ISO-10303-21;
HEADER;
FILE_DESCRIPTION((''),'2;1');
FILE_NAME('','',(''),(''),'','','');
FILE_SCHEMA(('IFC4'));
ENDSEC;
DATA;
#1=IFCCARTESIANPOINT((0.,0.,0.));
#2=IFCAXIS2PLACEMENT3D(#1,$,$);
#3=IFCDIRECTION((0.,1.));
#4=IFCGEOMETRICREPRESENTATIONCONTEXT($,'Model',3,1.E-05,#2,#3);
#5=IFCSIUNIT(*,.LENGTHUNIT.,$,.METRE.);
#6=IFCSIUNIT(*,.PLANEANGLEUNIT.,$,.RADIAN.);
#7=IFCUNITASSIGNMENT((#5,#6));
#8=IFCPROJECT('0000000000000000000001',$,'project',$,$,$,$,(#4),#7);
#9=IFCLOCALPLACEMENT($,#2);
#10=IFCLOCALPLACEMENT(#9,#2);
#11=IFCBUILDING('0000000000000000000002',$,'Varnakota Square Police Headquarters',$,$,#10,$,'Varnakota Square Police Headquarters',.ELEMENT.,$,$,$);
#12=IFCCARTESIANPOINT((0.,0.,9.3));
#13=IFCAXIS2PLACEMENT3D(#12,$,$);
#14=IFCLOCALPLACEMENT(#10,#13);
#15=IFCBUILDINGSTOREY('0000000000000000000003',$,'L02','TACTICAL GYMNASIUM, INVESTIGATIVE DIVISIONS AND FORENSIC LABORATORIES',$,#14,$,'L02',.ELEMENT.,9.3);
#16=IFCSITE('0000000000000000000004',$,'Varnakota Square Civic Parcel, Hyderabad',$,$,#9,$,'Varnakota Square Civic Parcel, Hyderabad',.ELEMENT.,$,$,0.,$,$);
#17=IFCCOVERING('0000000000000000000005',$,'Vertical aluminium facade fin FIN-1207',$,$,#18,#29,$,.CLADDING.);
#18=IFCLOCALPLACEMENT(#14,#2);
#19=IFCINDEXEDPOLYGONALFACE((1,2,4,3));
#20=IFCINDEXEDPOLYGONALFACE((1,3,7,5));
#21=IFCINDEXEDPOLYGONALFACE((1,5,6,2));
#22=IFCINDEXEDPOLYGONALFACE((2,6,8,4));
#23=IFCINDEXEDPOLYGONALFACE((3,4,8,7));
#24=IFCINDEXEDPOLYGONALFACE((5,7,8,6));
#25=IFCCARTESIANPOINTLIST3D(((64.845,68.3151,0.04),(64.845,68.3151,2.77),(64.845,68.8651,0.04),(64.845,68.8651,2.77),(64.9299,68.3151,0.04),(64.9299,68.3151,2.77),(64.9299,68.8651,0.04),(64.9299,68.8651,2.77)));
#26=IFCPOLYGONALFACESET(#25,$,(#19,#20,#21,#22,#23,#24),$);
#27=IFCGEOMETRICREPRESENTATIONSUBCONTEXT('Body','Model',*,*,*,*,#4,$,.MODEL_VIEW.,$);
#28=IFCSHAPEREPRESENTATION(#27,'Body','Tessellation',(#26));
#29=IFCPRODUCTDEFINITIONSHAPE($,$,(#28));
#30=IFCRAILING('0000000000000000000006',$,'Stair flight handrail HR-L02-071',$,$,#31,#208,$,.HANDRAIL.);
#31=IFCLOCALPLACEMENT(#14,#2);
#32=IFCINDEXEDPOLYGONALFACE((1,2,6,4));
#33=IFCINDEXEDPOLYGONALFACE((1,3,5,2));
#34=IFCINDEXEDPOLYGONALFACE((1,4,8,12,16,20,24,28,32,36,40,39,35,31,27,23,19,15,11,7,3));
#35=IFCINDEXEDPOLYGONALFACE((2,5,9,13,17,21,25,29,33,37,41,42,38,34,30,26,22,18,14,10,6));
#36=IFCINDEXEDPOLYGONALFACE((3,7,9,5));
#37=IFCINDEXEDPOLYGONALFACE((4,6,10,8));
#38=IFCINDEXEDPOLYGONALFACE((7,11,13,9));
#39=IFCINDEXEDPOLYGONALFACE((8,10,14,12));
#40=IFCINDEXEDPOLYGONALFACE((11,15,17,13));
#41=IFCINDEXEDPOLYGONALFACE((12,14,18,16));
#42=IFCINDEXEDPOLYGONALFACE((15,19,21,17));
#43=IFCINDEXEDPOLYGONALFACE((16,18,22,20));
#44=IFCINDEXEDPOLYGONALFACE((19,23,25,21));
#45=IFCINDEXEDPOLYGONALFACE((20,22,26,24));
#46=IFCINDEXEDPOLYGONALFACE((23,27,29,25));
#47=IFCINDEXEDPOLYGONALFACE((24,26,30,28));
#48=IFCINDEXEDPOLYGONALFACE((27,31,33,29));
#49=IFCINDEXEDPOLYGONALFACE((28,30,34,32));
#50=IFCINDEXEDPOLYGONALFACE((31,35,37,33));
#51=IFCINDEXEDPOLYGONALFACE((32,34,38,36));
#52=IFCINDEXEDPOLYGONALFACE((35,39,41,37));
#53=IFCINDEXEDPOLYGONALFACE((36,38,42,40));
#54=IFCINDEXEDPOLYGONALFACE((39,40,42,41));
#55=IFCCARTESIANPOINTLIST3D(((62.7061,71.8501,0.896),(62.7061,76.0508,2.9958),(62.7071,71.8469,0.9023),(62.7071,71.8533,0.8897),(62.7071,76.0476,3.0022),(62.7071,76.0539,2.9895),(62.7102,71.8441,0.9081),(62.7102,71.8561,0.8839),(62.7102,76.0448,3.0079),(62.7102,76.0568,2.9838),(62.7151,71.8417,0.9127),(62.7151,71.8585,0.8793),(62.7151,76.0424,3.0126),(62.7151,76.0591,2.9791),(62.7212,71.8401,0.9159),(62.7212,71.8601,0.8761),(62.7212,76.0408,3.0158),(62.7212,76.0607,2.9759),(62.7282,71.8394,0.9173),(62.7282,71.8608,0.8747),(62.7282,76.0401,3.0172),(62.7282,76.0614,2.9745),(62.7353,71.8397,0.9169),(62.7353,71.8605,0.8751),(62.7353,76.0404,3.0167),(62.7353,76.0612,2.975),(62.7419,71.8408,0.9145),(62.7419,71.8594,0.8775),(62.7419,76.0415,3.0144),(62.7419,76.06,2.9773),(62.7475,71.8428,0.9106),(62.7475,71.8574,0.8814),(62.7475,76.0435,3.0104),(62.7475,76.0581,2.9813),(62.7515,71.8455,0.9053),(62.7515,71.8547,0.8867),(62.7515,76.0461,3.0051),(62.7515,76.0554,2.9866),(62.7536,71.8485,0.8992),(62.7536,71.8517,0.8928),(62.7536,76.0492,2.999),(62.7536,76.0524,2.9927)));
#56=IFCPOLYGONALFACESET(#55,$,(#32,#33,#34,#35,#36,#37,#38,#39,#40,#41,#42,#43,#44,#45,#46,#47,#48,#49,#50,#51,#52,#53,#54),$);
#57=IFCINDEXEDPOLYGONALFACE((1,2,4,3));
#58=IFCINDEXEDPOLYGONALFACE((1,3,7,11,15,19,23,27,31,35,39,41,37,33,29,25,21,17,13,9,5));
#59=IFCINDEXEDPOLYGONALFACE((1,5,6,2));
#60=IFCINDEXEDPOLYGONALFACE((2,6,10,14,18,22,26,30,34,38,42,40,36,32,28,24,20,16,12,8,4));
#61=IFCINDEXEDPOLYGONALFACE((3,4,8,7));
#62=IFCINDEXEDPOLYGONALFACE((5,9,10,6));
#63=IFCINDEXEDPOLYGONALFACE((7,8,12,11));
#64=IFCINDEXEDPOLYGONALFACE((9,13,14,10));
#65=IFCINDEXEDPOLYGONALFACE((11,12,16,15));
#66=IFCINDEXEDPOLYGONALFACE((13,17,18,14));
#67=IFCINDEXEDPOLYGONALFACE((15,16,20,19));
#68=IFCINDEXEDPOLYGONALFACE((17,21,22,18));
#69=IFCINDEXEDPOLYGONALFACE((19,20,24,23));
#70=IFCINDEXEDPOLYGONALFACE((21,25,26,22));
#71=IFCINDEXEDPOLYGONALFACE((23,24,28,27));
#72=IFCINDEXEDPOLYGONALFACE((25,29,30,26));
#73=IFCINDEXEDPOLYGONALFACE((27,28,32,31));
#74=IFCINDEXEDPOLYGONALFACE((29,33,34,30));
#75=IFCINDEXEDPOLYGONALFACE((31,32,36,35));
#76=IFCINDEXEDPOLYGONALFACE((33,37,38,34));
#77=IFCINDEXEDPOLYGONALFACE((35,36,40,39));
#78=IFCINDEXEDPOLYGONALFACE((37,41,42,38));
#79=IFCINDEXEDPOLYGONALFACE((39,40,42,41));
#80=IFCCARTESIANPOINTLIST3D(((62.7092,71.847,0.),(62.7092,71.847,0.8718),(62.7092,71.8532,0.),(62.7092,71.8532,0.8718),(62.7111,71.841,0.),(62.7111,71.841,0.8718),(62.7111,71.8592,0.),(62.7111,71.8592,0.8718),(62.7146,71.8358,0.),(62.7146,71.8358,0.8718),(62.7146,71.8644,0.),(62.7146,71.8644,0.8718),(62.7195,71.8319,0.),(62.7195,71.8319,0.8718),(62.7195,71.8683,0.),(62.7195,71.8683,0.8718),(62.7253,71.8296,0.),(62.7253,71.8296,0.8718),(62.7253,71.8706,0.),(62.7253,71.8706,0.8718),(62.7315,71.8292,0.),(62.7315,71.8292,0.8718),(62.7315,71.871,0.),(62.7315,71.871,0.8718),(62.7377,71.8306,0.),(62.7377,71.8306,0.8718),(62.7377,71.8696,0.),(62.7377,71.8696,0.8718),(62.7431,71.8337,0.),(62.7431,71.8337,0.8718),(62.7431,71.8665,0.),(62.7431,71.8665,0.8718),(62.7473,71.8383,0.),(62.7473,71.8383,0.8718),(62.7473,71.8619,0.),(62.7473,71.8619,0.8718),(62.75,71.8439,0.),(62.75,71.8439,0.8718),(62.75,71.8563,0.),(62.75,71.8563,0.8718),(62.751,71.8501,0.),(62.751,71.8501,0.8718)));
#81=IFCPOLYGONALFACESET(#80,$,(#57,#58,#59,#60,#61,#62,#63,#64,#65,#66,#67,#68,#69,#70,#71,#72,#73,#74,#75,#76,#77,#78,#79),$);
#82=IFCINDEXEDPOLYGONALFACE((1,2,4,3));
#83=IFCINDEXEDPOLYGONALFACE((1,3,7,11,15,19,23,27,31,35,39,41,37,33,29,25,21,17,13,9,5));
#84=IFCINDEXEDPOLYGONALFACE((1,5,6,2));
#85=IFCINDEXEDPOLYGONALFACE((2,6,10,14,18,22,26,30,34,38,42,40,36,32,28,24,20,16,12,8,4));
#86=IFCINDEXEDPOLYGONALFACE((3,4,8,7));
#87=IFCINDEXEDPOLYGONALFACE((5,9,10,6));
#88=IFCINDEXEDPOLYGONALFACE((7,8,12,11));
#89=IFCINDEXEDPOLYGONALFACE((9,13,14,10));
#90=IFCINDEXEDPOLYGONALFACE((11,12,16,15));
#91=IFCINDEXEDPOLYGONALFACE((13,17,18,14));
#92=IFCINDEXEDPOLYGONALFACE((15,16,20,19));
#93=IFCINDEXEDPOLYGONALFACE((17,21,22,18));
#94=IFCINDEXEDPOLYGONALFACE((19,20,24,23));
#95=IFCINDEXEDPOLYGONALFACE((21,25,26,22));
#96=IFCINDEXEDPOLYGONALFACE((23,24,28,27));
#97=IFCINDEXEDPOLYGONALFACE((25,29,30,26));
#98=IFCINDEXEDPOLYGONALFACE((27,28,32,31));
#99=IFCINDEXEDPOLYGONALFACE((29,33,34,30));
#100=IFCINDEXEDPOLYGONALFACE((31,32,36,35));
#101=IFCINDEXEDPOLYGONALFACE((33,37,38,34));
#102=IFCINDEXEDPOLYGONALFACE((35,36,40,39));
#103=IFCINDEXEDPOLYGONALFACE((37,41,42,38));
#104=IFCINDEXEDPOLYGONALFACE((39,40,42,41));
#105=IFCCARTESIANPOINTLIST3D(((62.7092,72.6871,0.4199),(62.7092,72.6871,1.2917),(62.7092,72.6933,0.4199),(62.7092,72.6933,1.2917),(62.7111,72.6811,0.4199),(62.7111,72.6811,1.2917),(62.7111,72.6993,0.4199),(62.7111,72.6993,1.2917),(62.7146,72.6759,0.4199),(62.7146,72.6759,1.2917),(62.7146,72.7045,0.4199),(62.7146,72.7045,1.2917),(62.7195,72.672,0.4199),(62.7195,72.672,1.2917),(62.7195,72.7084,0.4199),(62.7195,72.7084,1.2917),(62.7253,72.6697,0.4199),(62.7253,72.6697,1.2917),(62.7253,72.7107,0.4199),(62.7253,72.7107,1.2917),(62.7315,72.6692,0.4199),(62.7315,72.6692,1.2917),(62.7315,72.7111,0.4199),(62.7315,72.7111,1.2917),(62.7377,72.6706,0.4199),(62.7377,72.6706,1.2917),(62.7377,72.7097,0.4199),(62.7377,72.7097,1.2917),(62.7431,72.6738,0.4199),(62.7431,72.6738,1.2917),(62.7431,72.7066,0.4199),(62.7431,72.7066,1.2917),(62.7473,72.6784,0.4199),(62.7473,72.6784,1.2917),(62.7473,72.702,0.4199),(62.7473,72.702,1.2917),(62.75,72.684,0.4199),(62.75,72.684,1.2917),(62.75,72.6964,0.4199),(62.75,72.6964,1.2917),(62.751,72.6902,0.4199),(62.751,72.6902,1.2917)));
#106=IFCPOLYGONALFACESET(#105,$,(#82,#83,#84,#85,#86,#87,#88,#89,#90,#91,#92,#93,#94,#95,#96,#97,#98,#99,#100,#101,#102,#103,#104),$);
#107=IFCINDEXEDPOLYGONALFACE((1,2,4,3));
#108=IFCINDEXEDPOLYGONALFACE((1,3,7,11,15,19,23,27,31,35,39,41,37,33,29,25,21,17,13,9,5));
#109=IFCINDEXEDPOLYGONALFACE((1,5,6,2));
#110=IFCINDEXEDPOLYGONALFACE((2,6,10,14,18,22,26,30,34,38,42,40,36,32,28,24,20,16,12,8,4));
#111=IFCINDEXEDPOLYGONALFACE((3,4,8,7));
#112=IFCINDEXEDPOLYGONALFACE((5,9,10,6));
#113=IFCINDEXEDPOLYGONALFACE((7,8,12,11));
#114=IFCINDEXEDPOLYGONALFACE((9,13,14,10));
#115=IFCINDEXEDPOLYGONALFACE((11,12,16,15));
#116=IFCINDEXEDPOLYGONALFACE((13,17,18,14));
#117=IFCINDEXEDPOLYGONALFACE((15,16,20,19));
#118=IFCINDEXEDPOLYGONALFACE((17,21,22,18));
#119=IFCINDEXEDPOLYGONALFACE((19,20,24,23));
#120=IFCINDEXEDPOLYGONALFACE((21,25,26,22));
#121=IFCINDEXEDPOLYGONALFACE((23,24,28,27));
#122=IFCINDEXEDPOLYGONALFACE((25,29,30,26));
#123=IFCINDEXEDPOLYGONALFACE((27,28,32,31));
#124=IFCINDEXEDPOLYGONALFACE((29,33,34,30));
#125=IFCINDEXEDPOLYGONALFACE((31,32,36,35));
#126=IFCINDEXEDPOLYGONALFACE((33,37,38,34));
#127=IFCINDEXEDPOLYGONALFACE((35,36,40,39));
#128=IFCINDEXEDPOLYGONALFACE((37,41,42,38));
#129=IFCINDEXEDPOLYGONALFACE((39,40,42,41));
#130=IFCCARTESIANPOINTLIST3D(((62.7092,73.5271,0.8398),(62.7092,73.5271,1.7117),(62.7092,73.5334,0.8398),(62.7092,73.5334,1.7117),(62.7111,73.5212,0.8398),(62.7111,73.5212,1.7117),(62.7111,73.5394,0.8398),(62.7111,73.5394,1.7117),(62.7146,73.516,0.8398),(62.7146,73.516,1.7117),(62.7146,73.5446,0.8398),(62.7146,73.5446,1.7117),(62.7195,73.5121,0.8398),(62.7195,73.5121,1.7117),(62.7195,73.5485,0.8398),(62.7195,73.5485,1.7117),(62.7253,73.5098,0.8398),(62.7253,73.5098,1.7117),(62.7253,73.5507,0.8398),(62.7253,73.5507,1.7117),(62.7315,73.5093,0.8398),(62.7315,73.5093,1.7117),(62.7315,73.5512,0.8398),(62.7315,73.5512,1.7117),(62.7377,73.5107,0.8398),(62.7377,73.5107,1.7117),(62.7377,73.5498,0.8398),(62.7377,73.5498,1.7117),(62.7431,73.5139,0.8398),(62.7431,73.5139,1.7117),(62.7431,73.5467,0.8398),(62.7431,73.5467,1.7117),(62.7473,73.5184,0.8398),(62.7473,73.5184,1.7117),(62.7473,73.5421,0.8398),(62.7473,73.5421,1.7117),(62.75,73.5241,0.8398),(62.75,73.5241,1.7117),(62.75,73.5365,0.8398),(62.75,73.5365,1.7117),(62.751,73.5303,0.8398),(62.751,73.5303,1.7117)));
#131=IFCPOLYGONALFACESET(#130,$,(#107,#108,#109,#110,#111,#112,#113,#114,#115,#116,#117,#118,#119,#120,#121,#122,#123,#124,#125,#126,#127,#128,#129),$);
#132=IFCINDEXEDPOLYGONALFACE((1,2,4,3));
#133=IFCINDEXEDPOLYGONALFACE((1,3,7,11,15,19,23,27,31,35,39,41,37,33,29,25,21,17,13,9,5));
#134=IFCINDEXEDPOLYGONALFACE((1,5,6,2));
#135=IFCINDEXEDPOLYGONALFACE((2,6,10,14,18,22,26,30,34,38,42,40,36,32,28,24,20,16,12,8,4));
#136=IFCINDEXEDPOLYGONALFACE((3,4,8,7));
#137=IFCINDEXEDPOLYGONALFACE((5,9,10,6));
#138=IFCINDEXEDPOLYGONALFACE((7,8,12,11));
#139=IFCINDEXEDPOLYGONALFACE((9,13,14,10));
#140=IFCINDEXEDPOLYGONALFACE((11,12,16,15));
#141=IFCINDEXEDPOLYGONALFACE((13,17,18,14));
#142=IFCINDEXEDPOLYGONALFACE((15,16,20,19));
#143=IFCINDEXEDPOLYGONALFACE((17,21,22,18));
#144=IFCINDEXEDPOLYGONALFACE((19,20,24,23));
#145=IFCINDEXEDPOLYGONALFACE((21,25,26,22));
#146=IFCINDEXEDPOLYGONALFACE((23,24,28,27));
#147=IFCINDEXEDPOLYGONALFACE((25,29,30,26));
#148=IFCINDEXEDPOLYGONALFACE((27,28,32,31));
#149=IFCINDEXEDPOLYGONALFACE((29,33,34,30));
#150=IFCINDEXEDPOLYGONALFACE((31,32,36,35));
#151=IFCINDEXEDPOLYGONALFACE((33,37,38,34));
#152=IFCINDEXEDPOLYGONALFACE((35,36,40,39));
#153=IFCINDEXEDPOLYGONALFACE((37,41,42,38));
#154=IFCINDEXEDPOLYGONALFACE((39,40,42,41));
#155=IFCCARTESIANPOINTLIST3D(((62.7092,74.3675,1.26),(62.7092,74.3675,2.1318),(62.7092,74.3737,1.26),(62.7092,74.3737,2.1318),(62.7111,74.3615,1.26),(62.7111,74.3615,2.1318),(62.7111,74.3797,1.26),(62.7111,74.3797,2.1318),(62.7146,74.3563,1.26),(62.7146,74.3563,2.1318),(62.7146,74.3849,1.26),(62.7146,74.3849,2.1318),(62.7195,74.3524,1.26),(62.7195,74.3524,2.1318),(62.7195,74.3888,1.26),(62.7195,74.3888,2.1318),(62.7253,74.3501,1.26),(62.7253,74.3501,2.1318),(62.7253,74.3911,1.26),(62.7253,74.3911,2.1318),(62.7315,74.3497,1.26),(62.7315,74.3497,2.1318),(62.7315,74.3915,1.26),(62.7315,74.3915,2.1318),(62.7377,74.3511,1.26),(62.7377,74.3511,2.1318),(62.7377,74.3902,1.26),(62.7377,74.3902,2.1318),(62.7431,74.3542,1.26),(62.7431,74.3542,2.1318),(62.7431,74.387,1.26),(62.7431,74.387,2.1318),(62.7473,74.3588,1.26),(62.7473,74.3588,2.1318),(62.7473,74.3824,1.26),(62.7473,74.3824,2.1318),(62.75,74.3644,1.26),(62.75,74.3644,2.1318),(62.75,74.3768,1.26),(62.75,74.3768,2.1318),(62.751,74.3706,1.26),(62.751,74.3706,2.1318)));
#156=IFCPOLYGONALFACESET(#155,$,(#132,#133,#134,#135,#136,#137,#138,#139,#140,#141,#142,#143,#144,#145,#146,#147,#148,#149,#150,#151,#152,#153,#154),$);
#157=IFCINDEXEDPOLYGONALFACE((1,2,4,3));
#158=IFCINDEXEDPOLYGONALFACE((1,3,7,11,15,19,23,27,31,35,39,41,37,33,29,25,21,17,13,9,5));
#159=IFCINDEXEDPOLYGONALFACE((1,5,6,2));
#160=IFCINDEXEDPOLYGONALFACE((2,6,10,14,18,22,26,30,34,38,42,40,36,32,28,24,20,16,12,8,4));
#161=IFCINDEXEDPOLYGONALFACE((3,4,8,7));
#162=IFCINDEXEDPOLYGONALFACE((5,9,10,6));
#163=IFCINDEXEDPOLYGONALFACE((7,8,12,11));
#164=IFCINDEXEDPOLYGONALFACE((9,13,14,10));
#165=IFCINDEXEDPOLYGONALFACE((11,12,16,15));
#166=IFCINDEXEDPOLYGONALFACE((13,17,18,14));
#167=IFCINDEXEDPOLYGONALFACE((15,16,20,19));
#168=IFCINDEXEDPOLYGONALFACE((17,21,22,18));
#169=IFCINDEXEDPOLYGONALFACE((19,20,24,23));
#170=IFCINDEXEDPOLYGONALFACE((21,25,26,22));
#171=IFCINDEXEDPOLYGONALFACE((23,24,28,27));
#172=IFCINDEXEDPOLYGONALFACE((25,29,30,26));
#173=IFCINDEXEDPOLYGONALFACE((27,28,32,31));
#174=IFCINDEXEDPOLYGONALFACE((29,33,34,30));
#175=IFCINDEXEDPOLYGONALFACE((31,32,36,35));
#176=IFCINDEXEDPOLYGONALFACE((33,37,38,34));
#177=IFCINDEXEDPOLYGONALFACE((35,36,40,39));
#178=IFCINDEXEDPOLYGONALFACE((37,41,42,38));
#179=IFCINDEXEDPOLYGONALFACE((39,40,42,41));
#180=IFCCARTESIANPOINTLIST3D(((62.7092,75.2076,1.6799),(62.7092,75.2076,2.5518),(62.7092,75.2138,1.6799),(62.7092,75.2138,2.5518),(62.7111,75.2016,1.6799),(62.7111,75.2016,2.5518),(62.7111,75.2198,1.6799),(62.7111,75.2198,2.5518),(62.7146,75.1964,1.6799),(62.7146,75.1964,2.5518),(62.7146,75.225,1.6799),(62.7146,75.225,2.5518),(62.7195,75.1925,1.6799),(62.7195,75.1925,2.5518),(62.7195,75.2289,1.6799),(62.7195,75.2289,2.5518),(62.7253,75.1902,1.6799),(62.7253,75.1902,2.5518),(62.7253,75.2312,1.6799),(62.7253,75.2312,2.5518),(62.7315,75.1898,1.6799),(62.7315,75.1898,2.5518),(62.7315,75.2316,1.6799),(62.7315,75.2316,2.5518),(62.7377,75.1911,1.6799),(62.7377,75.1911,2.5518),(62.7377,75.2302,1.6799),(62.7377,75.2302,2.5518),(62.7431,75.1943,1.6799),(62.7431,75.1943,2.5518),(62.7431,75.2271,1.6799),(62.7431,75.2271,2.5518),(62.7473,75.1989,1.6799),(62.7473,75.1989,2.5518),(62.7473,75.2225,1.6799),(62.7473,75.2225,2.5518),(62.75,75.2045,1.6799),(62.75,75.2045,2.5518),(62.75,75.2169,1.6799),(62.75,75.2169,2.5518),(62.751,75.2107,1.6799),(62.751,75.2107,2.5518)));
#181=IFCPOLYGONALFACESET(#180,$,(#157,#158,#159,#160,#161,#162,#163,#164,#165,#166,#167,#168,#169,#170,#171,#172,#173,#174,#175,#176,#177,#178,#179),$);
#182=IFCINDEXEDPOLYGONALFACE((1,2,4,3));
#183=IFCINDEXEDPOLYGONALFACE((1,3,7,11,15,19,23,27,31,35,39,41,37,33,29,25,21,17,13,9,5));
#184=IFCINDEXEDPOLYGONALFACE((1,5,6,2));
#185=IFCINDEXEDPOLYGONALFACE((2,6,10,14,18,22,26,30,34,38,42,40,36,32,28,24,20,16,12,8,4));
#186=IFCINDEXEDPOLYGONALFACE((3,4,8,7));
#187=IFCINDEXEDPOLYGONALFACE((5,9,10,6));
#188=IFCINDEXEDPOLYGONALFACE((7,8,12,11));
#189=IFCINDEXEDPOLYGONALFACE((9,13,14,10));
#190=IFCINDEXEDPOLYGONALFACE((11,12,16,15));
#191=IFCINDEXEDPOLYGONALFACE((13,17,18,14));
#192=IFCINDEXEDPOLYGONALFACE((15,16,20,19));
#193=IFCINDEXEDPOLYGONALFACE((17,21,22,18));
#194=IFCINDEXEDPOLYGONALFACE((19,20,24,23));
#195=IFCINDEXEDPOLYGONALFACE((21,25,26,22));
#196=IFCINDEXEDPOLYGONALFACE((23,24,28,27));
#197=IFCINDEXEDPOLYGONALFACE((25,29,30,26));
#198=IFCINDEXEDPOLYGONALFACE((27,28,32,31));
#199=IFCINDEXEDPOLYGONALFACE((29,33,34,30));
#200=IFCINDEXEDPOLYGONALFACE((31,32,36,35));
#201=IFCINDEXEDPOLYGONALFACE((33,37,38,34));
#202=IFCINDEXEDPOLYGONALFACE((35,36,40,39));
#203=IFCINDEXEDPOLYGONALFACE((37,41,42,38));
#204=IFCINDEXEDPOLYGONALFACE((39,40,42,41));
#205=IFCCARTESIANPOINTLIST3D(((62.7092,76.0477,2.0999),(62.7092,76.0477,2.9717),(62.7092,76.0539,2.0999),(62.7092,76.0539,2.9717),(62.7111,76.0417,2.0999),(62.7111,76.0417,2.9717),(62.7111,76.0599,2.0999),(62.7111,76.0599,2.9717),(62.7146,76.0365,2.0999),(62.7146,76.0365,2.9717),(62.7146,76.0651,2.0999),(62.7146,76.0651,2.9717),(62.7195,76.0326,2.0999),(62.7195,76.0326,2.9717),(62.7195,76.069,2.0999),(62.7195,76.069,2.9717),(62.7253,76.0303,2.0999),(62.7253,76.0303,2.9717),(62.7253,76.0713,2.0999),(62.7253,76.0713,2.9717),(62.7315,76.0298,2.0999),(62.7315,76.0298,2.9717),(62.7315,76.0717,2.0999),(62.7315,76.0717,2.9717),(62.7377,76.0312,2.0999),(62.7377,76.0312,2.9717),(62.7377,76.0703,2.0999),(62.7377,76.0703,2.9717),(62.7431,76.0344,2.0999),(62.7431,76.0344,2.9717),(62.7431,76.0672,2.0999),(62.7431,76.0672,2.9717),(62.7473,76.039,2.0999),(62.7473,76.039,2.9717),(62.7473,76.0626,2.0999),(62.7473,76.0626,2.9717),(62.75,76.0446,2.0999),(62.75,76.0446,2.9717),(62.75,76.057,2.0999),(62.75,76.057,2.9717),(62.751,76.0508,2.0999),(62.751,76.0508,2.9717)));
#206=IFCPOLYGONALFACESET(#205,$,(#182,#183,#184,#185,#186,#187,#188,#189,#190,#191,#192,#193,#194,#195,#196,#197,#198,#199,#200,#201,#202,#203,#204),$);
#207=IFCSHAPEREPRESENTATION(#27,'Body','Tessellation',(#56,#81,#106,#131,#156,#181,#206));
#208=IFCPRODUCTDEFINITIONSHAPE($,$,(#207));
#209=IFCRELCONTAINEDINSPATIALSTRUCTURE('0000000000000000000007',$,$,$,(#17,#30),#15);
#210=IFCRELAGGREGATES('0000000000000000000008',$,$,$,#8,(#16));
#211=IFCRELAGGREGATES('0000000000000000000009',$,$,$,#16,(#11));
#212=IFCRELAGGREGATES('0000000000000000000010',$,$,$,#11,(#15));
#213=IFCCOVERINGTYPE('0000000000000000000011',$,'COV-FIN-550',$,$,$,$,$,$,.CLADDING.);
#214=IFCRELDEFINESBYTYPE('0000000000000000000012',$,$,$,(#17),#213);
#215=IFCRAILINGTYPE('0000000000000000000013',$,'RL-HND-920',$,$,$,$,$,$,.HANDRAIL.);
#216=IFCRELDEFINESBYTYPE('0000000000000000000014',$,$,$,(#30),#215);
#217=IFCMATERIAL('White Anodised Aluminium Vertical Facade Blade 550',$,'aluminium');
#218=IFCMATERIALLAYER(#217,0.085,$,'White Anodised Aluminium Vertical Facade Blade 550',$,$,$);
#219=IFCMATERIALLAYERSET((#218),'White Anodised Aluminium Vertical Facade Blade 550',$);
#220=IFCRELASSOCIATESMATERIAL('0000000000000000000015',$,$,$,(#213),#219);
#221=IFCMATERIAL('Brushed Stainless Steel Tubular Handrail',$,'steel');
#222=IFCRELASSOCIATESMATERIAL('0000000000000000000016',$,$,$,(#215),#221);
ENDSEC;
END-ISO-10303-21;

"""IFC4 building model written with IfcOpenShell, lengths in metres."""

from ifc_helpers import new_model, si_unit, direction, frame, origin, origin_2d, place, context, subcontext, project, spatial, rectangle, circle, extrude, material, layer, layer_set, type_object, element, save


model = new_model("IFC4")

# Units and contexts
model_context = context("Model", 3, precision=1e-05, world=origin(), true_north=direction((0.0, 1.0)))
body_context = subcontext(model_context, "Body", "Model", "MODEL_VIEW")
ifc_project = project(units=[si_unit("LENGTHUNIT", "METRE"), si_unit("PLANEANGLEUNIT", "RADIAN")], contexts=[model_context])

# Site, building, storey
site_placement = place(None, origin())
site = spatial("IfcSite", under=ifc_project, at=site_placement, Name="Varnakota Square Civic Parcel, Hyderabad", LongName="Varnakota Square Civic Parcel, Hyderabad", CompositionType="ELEMENT", RefElevation=0.0)
building_placement = place(site_placement, origin())
building = spatial("IfcBuilding", under=site, at=building_placement, Name="Varnakota Square Police Headquarters", LongName="Varnakota Square Police Headquarters", CompositionType="ELEMENT")
storey_placement = place(building_placement, frame((0.0, 0.0, 9.3)))
storey = spatial("IfcBuildingStorey", under=building, at=storey_placement, Name="L02", Description="TACTICAL GYMNASIUM, INVESTIGATIVE DIVISIONS AND FORENSIC LABORATORIES", LongName="L02", CompositionType="ELEMENT", Elevation=9.3)

# Covering
ifc_material_1 = material(Name="White Anodised Aluminium Vertical Facade Blade 550", Category="aluminium")
ifc_layer_1 = layer(ifc_material_1, 0.085, Name="White Anodised Aluminium Vertical Facade Blade 550")
ifc_layer_set_1 = layer_set([ifc_layer_1], Name="White Anodised Aluminium Vertical Facade Blade 550")
covering_type_1 = type_object("IfcCoveringType", Name="COV-FIN-550", PredefinedType="CLADDING", material=ifc_layer_set_1)
for number, where, z_axis, x_axis, name in (
    (1, (64.8875, 68.5901, 0.04), (0.0, 0.0, 1.0), (1.0, 0.0, 0.0), "Vertical aluminium facade fin FIN-1207"),
):
    element("IfcCovering", number, at=place(storey_placement, frame(where, z_axis=z_axis, x_axis=x_axis)), inside=storey, type_object=covering_type_1, Name=name, PredefinedType="CLADDING", context=body_context, shape_type="SweptSolid", body=[
        extrude(rectangle(XDim=0.085, YDim=0.55, at=origin_2d()), origin(), (0.0, 0.0, 1.0), 2.73),
    ])

# Railing
ifc_material_2 = material(Name="Brushed Stainless Steel Tubular Handrail", Category="steel")
railing_type_1 = type_object("IfcRailingType", Name="RL-HND-920", PredefinedType="HANDRAIL", material=ifc_material_2)
railing_1_placement = place(storey_placement, frame((62.73, 71.8501, 0.0)))
element("IfcRailing", 2, at=railing_1_placement, inside=storey, type_object=railing_type_1, Name="Stair flight handrail HR-L02-071", PredefinedType="HANDRAIL", context=body_context, shape_type="SweptSolid", body=[
    extrude(circle(Radius=0.0239, at=origin_2d()), frame((0.0, 0.0, 0.896), z_axis=(0.0, 0.894469, 0.44713), x_axis=(-1.0, 0.0, 0.0)), (0.0, 0.0, 1.0), 4.6963),
    extrude(circle(Radius=0.021, at=origin_2d()), origin(), (0.0, 0.0, 1.0), 0.8718),
    extrude(circle(Radius=0.021, at=origin_2d()), frame((0.0, 0.8401, 0.4199)), (0.0, 0.0, 1.0), 0.8718),
    extrude(circle(Radius=0.021, at=origin_2d()), frame((0.0, 1.6802, 0.8398)), (0.0, 0.0, 1.0), 0.8718),
    extrude(circle(Radius=0.021, at=origin_2d()), frame((0.0, 2.5205, 1.26)), (0.0, 0.0, 1.0), 0.8718),
    extrude(circle(Radius=0.021, at=origin_2d()), frame((0.0, 3.3606, 1.6799)), (0.0, 0.0, 1.0), 0.8718),
    extrude(circle(Radius=0.021, at=origin_2d()), frame((0.0, 4.2007, 2.0999)), (0.0, 0.0, 1.0), 0.8718),
])

save(model, "model.ifc")
